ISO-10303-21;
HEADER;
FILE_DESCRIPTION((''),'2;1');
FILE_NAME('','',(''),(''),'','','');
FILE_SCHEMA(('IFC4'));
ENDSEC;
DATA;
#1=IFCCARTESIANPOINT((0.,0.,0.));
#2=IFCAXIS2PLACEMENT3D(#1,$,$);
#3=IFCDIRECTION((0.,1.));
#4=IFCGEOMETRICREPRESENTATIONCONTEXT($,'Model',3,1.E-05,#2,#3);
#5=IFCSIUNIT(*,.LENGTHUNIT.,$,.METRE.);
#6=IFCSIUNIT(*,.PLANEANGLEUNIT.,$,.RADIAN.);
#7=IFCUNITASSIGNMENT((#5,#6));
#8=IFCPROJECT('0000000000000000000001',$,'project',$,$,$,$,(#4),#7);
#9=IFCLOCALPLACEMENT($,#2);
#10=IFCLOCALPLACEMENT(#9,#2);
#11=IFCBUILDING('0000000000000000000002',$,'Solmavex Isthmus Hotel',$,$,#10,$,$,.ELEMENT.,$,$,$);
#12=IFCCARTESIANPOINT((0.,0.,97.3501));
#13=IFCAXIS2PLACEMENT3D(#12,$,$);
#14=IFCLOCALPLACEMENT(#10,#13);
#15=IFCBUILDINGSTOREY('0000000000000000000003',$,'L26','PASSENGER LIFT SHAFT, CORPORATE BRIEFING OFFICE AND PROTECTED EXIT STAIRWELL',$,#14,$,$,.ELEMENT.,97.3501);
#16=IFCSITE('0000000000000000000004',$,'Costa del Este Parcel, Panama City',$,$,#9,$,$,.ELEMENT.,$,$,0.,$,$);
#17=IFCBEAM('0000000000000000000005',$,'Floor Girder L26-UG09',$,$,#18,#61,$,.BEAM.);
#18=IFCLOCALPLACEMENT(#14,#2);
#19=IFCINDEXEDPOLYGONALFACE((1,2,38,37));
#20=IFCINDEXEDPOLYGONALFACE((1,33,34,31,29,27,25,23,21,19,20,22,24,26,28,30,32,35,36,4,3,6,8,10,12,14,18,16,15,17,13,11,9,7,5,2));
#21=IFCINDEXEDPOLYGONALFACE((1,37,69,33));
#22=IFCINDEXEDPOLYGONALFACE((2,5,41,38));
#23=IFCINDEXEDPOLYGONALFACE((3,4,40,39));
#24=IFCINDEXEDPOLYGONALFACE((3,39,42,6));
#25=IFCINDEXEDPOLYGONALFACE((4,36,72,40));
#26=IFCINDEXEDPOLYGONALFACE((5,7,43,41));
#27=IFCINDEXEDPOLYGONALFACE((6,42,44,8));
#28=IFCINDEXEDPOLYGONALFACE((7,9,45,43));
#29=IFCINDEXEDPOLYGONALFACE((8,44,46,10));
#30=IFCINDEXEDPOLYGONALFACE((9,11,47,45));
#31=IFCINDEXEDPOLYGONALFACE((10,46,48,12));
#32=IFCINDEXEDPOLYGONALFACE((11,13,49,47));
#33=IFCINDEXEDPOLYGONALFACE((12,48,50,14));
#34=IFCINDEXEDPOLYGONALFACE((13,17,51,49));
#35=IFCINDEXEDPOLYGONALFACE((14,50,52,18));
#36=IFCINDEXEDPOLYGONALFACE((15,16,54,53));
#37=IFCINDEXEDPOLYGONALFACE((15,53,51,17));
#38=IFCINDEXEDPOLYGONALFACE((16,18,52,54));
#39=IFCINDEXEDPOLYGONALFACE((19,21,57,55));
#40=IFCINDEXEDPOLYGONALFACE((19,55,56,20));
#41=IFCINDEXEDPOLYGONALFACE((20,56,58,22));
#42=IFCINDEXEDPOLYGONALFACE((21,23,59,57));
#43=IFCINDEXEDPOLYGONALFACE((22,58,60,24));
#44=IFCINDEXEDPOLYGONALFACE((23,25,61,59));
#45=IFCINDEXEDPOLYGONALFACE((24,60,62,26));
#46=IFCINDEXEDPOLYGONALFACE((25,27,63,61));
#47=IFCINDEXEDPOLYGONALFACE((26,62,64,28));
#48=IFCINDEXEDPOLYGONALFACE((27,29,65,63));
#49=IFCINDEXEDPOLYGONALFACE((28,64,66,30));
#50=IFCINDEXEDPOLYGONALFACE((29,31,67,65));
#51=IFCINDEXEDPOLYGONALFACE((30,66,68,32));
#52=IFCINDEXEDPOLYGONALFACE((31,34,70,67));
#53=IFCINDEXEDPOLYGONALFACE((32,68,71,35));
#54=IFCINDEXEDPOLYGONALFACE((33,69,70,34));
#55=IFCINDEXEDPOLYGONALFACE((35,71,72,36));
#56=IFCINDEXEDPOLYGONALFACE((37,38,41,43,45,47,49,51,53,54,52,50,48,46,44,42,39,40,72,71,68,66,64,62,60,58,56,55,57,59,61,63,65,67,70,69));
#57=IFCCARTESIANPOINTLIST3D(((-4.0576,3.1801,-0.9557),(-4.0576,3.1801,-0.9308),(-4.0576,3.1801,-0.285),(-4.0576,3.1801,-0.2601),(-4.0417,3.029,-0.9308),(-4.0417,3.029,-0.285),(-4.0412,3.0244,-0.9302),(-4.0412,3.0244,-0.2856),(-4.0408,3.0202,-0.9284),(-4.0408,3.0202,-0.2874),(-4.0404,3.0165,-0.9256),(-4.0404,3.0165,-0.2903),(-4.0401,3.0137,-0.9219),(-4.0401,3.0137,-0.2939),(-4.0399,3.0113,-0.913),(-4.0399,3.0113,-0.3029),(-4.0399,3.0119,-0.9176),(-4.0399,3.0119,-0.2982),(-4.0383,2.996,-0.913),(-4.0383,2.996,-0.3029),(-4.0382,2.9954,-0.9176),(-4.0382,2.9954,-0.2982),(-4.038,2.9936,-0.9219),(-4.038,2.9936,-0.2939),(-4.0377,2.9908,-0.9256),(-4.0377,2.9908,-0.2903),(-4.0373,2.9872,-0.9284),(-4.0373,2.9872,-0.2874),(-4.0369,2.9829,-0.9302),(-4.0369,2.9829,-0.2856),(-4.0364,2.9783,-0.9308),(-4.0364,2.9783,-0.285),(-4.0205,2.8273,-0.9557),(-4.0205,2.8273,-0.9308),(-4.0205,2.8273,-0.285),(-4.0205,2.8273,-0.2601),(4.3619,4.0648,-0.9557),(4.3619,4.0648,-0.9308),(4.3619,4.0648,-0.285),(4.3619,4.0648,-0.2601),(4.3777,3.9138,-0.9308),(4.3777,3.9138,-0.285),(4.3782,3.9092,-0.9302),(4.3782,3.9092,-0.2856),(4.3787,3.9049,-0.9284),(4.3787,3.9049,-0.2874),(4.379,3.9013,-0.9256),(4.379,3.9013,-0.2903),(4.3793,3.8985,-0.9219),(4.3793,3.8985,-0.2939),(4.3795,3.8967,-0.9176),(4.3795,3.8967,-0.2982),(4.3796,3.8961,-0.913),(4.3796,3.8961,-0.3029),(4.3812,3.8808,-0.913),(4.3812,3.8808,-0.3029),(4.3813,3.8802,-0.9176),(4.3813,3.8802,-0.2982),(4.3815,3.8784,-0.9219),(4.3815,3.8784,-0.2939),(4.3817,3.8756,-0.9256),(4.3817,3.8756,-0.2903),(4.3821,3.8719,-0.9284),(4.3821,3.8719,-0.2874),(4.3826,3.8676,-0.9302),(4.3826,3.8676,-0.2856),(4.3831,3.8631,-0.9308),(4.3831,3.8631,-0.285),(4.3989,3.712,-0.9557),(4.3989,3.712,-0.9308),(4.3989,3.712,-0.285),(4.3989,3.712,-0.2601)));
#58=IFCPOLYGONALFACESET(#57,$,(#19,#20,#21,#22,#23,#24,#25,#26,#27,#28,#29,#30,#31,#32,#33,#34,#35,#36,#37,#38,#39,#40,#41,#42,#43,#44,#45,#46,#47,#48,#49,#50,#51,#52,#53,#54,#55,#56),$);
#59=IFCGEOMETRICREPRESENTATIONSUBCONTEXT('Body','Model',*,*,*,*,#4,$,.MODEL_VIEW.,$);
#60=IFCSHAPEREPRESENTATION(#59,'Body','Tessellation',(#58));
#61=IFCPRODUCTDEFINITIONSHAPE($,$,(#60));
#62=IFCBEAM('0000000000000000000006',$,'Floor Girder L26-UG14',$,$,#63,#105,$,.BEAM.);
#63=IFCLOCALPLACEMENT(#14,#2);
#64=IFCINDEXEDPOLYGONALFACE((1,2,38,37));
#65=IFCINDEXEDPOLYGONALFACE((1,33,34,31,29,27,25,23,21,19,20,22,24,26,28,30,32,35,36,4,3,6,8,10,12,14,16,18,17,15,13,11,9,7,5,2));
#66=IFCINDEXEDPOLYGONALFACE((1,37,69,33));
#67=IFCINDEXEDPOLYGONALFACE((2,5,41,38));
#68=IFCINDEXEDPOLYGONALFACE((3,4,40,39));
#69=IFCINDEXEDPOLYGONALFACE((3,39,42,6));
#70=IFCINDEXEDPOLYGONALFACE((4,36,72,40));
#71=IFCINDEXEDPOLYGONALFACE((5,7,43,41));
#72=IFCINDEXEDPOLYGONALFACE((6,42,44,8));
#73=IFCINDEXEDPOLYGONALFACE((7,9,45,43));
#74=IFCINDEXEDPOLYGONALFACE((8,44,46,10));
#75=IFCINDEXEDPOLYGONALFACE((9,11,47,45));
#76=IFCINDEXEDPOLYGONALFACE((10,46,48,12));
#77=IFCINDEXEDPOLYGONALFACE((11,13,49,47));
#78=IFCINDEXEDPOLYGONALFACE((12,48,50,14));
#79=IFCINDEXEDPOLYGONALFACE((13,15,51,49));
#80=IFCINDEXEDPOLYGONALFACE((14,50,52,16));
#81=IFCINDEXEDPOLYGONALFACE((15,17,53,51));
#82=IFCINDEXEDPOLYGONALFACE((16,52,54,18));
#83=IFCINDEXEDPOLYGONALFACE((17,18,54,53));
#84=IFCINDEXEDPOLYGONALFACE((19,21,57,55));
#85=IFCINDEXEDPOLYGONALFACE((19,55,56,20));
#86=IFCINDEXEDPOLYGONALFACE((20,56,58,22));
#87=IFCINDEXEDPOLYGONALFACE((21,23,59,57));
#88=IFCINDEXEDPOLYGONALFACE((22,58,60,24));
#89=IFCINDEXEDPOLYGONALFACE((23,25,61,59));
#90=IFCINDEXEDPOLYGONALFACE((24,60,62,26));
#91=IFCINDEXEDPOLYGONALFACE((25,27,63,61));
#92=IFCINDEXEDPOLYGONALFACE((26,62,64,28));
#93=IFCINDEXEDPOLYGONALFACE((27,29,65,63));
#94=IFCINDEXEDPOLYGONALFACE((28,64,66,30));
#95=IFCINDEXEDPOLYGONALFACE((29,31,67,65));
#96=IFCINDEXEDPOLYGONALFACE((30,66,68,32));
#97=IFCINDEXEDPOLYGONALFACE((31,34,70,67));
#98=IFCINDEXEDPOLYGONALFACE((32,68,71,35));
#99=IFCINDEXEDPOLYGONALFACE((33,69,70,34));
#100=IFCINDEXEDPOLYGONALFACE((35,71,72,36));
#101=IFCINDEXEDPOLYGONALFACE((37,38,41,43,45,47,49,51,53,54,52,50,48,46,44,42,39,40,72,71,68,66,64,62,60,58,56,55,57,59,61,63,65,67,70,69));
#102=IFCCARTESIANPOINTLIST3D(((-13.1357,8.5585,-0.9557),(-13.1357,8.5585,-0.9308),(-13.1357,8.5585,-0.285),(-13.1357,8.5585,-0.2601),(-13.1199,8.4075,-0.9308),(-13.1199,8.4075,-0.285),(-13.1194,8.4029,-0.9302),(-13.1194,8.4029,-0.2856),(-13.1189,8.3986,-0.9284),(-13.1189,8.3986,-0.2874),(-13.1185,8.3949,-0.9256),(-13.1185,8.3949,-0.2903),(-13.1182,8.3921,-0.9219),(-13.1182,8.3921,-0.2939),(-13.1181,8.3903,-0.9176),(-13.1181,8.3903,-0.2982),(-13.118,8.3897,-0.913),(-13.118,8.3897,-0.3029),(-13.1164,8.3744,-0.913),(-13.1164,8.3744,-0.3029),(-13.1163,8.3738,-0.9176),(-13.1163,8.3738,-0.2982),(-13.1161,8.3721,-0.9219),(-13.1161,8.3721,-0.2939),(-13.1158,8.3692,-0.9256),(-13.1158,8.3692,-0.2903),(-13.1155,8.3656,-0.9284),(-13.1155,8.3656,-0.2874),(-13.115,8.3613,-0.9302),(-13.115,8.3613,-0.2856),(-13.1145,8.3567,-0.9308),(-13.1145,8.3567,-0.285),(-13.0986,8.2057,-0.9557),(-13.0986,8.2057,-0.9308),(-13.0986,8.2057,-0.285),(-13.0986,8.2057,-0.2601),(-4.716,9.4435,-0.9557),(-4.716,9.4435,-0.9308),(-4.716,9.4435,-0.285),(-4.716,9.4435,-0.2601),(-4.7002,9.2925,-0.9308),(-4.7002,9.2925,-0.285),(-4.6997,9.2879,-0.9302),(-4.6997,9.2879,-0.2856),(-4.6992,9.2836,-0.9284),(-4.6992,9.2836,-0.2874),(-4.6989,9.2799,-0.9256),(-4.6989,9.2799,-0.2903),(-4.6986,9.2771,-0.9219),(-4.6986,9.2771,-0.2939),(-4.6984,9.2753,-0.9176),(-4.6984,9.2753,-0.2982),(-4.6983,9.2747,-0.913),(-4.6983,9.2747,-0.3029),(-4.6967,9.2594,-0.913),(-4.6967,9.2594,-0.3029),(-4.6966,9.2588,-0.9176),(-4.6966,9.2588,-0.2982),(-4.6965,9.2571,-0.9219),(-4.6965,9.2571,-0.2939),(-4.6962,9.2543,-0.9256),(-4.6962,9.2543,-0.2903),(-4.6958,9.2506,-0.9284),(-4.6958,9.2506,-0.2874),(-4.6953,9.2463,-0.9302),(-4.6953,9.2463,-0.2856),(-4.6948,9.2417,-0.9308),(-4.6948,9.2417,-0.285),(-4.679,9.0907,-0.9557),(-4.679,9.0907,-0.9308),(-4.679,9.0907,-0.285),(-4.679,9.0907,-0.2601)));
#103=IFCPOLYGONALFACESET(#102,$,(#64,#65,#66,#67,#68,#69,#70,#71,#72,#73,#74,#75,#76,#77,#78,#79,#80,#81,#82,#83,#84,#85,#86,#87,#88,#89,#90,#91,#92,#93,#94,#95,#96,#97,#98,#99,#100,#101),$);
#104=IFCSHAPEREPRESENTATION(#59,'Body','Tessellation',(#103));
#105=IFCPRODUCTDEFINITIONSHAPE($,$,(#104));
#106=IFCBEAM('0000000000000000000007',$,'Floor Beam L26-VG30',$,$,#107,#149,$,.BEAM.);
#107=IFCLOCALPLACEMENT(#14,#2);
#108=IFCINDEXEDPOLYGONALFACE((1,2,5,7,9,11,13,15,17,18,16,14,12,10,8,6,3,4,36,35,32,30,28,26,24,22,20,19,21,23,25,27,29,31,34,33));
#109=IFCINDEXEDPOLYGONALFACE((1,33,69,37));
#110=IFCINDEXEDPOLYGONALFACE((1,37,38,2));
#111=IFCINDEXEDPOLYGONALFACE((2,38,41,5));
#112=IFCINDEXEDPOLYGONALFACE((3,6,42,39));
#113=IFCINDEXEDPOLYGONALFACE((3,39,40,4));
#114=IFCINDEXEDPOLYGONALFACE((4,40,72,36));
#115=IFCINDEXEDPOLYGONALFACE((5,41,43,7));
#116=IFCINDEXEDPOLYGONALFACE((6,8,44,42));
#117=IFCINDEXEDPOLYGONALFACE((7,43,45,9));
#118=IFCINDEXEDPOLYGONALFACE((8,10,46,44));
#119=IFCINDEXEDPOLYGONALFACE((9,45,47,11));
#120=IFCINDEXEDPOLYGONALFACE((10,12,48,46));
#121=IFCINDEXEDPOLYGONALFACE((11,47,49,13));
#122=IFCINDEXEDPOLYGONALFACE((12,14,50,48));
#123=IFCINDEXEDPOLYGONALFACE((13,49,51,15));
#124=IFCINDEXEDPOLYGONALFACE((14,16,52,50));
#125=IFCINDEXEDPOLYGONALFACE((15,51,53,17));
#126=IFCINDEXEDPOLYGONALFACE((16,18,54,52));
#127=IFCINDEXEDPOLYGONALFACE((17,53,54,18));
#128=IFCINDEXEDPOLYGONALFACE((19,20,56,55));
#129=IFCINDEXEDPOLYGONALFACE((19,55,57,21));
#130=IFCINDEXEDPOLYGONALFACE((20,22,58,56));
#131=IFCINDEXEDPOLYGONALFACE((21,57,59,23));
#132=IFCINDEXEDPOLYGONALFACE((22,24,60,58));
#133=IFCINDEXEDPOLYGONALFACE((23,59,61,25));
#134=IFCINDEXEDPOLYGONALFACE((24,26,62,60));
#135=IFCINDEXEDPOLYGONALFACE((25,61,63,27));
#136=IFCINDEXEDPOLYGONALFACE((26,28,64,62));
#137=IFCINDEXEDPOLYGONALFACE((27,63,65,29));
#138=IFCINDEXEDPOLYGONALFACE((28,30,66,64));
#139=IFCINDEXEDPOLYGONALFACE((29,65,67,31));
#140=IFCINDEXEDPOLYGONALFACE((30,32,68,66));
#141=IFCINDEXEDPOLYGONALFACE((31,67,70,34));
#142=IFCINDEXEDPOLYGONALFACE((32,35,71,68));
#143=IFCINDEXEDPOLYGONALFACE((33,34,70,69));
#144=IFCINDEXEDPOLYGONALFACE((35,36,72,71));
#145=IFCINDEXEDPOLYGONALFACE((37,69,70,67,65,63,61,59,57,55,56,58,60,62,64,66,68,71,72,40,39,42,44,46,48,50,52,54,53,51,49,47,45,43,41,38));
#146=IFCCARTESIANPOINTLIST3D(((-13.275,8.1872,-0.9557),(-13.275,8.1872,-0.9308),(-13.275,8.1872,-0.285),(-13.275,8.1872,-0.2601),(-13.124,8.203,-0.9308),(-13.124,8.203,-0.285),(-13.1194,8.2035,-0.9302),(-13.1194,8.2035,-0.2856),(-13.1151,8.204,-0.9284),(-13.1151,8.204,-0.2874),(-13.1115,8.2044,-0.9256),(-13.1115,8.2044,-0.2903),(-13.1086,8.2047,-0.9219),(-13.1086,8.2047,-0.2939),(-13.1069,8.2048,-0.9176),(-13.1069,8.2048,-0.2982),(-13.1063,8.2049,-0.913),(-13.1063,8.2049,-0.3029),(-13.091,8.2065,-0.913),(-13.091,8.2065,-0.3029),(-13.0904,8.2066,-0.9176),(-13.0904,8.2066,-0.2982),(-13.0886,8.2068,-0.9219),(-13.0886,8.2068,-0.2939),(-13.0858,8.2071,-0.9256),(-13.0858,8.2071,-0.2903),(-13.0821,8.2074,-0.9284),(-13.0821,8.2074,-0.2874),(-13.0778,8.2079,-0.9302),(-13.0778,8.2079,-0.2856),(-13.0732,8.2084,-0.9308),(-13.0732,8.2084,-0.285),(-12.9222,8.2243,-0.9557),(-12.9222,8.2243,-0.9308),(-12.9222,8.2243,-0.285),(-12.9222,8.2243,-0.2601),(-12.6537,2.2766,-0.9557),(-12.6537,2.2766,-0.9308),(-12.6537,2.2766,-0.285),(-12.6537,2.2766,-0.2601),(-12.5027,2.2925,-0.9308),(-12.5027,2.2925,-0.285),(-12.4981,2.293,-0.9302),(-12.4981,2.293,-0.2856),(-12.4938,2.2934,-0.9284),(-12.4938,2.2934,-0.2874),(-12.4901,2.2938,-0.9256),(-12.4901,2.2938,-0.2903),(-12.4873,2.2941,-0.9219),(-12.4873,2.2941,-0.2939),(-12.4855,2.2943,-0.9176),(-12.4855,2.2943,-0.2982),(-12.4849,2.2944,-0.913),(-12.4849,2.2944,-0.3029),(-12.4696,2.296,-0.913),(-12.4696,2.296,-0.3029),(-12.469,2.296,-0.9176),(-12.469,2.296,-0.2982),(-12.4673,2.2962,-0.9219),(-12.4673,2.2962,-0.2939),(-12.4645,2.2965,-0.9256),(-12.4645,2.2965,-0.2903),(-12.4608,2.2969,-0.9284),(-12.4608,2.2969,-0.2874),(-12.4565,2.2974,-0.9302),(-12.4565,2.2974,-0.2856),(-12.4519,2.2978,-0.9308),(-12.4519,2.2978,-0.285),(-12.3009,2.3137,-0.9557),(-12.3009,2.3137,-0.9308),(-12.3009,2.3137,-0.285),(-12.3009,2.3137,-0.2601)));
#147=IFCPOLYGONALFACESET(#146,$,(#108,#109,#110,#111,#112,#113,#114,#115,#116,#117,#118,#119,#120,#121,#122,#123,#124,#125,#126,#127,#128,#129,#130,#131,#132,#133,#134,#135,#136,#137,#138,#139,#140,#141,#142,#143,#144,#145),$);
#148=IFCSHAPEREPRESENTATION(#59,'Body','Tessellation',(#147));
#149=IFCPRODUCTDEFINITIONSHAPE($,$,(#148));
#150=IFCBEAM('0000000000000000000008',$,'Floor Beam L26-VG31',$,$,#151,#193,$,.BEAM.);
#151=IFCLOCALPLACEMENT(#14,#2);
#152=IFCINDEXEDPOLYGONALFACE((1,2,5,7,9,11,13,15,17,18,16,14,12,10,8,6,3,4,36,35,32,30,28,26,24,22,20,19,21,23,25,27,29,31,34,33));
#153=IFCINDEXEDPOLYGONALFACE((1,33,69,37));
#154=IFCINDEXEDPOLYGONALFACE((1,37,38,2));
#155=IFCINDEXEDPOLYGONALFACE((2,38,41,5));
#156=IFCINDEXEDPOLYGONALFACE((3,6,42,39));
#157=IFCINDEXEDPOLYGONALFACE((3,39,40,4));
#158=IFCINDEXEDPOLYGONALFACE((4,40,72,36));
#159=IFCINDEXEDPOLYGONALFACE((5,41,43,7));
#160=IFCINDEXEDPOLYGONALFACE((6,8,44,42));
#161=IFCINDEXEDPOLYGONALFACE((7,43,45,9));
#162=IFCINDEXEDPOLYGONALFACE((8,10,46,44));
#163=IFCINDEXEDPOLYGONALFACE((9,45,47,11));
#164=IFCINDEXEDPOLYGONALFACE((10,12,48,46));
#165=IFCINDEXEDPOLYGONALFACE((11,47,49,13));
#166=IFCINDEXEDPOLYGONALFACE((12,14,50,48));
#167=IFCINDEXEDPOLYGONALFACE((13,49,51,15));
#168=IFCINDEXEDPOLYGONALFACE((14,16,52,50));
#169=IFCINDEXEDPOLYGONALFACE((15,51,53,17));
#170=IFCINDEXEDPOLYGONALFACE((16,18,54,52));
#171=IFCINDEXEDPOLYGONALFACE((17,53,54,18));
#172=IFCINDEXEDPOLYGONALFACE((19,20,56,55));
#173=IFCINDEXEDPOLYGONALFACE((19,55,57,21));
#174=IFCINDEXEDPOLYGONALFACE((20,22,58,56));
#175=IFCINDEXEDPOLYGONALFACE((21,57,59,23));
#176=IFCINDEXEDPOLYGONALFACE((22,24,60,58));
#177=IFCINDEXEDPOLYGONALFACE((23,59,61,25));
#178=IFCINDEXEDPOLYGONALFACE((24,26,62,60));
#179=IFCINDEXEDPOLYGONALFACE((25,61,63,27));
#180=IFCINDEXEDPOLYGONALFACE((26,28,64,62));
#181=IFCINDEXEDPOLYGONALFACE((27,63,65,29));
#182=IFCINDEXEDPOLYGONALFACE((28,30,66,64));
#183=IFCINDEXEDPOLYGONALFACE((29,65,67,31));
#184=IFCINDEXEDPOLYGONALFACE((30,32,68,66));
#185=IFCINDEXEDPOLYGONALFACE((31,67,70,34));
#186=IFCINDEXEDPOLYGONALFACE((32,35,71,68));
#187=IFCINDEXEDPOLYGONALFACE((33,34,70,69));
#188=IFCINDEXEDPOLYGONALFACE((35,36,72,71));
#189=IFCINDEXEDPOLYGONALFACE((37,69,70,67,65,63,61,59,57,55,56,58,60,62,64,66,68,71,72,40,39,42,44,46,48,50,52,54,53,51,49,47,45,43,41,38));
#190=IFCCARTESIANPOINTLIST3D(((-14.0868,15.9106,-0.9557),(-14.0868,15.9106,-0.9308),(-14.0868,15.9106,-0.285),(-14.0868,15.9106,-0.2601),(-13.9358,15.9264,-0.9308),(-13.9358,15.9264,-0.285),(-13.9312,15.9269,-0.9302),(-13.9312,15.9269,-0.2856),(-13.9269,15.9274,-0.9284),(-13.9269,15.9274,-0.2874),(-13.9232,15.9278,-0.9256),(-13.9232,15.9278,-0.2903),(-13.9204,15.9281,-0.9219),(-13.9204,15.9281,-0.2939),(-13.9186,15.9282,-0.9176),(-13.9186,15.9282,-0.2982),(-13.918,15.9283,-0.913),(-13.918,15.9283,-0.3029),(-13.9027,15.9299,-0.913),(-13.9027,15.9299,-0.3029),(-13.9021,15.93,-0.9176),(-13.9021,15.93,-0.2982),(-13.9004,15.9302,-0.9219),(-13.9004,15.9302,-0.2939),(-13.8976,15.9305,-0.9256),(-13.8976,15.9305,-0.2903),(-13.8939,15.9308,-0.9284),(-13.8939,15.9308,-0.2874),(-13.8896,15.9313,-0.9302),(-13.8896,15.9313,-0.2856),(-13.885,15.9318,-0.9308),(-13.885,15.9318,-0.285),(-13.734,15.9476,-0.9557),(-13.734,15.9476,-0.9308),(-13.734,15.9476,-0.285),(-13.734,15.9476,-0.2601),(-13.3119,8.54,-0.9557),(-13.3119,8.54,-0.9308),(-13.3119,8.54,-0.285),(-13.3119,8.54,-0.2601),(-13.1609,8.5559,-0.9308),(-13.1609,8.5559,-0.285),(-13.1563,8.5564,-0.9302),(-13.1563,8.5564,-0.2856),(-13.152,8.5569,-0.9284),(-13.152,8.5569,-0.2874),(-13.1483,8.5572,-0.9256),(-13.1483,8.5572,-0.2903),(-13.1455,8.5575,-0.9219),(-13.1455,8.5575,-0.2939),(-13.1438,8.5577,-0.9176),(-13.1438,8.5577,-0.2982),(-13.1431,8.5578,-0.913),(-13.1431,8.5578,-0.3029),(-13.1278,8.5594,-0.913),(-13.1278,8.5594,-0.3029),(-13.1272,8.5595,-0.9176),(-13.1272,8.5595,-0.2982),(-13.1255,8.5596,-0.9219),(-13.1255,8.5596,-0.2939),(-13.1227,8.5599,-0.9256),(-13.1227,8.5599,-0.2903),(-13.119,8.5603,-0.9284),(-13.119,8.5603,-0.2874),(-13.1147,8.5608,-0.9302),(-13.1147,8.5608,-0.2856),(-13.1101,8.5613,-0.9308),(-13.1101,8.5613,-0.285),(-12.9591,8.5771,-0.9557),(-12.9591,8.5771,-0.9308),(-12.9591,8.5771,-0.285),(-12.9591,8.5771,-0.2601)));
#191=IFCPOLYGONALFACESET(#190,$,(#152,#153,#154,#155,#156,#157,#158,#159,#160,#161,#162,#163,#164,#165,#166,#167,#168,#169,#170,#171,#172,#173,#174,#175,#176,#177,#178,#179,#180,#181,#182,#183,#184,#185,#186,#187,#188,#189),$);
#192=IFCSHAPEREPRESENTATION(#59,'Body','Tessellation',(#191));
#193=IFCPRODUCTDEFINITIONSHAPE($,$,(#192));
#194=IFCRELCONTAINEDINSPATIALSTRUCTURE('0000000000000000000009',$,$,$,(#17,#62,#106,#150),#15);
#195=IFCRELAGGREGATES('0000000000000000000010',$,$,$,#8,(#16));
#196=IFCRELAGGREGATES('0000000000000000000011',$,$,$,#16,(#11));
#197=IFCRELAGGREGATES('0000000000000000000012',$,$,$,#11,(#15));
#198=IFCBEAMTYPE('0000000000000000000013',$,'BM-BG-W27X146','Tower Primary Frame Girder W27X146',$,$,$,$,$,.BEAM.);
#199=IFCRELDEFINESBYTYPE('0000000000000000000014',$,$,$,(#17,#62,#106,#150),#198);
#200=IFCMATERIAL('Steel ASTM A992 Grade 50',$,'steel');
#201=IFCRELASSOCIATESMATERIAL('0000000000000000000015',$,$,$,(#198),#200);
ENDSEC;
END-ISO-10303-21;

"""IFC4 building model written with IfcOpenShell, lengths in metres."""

from ifc_helpers import new_model, si_unit, direction, frame, origin, origin_2d, place, context, subcontext, project, spatial, i_section, extrude, material, material_profile, profile_set, type_object, element, save


model = new_model("IFC4")

# Units and contexts
model_context = context("Model", 3, precision=1e-05, world=origin(), true_north=direction((0.0, 1.0)))
body_context = subcontext(model_context, "Body", "Model", "MODEL_VIEW")
ifc_project = project(units=[si_unit("LENGTHUNIT", "METRE"), si_unit("PLANEANGLEUNIT", "RADIAN")], contexts=[model_context])

# Site, building, storey
site_placement = place(None, origin())
site = spatial("IfcSite", under=ifc_project, at=site_placement, Name="Costa del Este Parcel, Panama City", CompositionType="ELEMENT", RefElevation=0.0)
building_placement = place(site_placement, origin())
building = spatial("IfcBuilding", under=site, at=building_placement, Name="Solmavex Isthmus Hotel", CompositionType="ELEMENT")
storey_placement = place(building_placement, frame((0.0, 0.0, 97.3501)))
storey = spatial("IfcBuildingStorey", under=building, at=storey_placement, Name="L26", Description="PASSENGER LIFT SHAFT, CORPORATE BRIEFING OFFICE AND PROTECTED EXIT STAIRWELL", CompositionType="ELEMENT", Elevation=97.3501)

# Beams
ifc_material_1 = material(Name="Steel ASTM A992 Grade 50", Category="steel")
ifc_material_profile_1 = material_profile(ifc_material_1, i_section(OverallWidth=0.3547, OverallDepth=0.6956, WebThickness=0.0154, FlangeThickness=0.0249, FilletRadius=0.0178, at=origin_2d()), Name="W27X146")
ifc_profile_set_1 = profile_set([ifc_material_profile_1], Name="Steel ASTM A992 Grade 50")
beam_type_1 = type_object("IfcBeamType", Name="BM-BG-W27X146", Description="Tower Primary Frame Girder W27X146", PredefinedType="BEAM", material=ifc_profile_set_1)
beam_1_placement = place(storey_placement, frame((-4.0391, 3.0037, -0.6079), z_axis=(0.994524, 0.104511, 0.0), x_axis=(-0.104511, 0.994524, 0.0)))
element("IfcBeam", 1, at=beam_1_placement, inside=storey, type_object=beam_type_1, Name="Floor Girder L26-UG09", PredefinedType="BEAM", context=body_context, shape_type="SweptSolid", body=[
    extrude(i_section(OverallWidth=0.3547, OverallDepth=0.6956, WebThickness=0.0154, FlangeThickness=0.0249, FilletRadius=0.0178, at=origin_2d()), origin(), (0.0, 0.0, 1.0), 8.4658),
])
beam_2_placement = place(storey_placement, frame((-13.1172, 8.3821, -0.6079), z_axis=(0.994521, 0.104536, 0.0), x_axis=(-0.104536, 0.994521, 0.0)))
element("IfcBeam", 2, at=beam_2_placement, inside=storey, type_object=beam_type_1, Name="Floor Girder L26-UG14", PredefinedType="BEAM", context=body_context, shape_type="SweptSolid", body=[
    extrude(i_section(OverallWidth=0.3547, OverallDepth=0.6956, WebThickness=0.0154, FlangeThickness=0.0249, FilletRadius=0.0178, at=origin_2d()), origin(), (0.0, 0.0, 1.0), 8.4661),
])
beam_3_placement = place(storey_placement, frame((-12.4773, 2.2952, -0.6079), z_axis=(-0.104546, 0.99452, 0.0), x_axis=(-0.99452, -0.104546, 0.0)))
element("IfcBeam", 3, at=beam_3_placement, inside=storey, type_object=beam_type_1, Name="Floor Beam L26-VG30", PredefinedType="BEAM", context=body_context, shape_type="SweptSolid", body=[
    extrude(i_section(OverallWidth=0.3547, OverallDepth=0.6956, WebThickness=0.0154, FlangeThickness=0.0249, FilletRadius=0.0178, at=origin_2d()), origin(), (0.0, 0.0, 1.0), 5.9431),
])
beam_4_placement = place(storey_placement, frame((-13.1355, 8.5586, -0.6079), z_axis=(-0.104558, 0.994519, 0.0), x_axis=(-0.994519, -0.104558, 0.0)))
element("IfcBeam", 4, at=beam_4_placement, inside=storey, type_object=beam_type_1, Name="Floor Beam L26-VG31", PredefinedType="BEAM", context=body_context, shape_type="SweptSolid", body=[
    extrude(i_section(OverallWidth=0.3547, OverallDepth=0.6956, WebThickness=0.0154, FlangeThickness=0.0249, FilletRadius=0.0178, at=origin_2d()), origin(), (0.0, 0.0, 1.0), 7.4111),
])

save(model, "model.ifc")
